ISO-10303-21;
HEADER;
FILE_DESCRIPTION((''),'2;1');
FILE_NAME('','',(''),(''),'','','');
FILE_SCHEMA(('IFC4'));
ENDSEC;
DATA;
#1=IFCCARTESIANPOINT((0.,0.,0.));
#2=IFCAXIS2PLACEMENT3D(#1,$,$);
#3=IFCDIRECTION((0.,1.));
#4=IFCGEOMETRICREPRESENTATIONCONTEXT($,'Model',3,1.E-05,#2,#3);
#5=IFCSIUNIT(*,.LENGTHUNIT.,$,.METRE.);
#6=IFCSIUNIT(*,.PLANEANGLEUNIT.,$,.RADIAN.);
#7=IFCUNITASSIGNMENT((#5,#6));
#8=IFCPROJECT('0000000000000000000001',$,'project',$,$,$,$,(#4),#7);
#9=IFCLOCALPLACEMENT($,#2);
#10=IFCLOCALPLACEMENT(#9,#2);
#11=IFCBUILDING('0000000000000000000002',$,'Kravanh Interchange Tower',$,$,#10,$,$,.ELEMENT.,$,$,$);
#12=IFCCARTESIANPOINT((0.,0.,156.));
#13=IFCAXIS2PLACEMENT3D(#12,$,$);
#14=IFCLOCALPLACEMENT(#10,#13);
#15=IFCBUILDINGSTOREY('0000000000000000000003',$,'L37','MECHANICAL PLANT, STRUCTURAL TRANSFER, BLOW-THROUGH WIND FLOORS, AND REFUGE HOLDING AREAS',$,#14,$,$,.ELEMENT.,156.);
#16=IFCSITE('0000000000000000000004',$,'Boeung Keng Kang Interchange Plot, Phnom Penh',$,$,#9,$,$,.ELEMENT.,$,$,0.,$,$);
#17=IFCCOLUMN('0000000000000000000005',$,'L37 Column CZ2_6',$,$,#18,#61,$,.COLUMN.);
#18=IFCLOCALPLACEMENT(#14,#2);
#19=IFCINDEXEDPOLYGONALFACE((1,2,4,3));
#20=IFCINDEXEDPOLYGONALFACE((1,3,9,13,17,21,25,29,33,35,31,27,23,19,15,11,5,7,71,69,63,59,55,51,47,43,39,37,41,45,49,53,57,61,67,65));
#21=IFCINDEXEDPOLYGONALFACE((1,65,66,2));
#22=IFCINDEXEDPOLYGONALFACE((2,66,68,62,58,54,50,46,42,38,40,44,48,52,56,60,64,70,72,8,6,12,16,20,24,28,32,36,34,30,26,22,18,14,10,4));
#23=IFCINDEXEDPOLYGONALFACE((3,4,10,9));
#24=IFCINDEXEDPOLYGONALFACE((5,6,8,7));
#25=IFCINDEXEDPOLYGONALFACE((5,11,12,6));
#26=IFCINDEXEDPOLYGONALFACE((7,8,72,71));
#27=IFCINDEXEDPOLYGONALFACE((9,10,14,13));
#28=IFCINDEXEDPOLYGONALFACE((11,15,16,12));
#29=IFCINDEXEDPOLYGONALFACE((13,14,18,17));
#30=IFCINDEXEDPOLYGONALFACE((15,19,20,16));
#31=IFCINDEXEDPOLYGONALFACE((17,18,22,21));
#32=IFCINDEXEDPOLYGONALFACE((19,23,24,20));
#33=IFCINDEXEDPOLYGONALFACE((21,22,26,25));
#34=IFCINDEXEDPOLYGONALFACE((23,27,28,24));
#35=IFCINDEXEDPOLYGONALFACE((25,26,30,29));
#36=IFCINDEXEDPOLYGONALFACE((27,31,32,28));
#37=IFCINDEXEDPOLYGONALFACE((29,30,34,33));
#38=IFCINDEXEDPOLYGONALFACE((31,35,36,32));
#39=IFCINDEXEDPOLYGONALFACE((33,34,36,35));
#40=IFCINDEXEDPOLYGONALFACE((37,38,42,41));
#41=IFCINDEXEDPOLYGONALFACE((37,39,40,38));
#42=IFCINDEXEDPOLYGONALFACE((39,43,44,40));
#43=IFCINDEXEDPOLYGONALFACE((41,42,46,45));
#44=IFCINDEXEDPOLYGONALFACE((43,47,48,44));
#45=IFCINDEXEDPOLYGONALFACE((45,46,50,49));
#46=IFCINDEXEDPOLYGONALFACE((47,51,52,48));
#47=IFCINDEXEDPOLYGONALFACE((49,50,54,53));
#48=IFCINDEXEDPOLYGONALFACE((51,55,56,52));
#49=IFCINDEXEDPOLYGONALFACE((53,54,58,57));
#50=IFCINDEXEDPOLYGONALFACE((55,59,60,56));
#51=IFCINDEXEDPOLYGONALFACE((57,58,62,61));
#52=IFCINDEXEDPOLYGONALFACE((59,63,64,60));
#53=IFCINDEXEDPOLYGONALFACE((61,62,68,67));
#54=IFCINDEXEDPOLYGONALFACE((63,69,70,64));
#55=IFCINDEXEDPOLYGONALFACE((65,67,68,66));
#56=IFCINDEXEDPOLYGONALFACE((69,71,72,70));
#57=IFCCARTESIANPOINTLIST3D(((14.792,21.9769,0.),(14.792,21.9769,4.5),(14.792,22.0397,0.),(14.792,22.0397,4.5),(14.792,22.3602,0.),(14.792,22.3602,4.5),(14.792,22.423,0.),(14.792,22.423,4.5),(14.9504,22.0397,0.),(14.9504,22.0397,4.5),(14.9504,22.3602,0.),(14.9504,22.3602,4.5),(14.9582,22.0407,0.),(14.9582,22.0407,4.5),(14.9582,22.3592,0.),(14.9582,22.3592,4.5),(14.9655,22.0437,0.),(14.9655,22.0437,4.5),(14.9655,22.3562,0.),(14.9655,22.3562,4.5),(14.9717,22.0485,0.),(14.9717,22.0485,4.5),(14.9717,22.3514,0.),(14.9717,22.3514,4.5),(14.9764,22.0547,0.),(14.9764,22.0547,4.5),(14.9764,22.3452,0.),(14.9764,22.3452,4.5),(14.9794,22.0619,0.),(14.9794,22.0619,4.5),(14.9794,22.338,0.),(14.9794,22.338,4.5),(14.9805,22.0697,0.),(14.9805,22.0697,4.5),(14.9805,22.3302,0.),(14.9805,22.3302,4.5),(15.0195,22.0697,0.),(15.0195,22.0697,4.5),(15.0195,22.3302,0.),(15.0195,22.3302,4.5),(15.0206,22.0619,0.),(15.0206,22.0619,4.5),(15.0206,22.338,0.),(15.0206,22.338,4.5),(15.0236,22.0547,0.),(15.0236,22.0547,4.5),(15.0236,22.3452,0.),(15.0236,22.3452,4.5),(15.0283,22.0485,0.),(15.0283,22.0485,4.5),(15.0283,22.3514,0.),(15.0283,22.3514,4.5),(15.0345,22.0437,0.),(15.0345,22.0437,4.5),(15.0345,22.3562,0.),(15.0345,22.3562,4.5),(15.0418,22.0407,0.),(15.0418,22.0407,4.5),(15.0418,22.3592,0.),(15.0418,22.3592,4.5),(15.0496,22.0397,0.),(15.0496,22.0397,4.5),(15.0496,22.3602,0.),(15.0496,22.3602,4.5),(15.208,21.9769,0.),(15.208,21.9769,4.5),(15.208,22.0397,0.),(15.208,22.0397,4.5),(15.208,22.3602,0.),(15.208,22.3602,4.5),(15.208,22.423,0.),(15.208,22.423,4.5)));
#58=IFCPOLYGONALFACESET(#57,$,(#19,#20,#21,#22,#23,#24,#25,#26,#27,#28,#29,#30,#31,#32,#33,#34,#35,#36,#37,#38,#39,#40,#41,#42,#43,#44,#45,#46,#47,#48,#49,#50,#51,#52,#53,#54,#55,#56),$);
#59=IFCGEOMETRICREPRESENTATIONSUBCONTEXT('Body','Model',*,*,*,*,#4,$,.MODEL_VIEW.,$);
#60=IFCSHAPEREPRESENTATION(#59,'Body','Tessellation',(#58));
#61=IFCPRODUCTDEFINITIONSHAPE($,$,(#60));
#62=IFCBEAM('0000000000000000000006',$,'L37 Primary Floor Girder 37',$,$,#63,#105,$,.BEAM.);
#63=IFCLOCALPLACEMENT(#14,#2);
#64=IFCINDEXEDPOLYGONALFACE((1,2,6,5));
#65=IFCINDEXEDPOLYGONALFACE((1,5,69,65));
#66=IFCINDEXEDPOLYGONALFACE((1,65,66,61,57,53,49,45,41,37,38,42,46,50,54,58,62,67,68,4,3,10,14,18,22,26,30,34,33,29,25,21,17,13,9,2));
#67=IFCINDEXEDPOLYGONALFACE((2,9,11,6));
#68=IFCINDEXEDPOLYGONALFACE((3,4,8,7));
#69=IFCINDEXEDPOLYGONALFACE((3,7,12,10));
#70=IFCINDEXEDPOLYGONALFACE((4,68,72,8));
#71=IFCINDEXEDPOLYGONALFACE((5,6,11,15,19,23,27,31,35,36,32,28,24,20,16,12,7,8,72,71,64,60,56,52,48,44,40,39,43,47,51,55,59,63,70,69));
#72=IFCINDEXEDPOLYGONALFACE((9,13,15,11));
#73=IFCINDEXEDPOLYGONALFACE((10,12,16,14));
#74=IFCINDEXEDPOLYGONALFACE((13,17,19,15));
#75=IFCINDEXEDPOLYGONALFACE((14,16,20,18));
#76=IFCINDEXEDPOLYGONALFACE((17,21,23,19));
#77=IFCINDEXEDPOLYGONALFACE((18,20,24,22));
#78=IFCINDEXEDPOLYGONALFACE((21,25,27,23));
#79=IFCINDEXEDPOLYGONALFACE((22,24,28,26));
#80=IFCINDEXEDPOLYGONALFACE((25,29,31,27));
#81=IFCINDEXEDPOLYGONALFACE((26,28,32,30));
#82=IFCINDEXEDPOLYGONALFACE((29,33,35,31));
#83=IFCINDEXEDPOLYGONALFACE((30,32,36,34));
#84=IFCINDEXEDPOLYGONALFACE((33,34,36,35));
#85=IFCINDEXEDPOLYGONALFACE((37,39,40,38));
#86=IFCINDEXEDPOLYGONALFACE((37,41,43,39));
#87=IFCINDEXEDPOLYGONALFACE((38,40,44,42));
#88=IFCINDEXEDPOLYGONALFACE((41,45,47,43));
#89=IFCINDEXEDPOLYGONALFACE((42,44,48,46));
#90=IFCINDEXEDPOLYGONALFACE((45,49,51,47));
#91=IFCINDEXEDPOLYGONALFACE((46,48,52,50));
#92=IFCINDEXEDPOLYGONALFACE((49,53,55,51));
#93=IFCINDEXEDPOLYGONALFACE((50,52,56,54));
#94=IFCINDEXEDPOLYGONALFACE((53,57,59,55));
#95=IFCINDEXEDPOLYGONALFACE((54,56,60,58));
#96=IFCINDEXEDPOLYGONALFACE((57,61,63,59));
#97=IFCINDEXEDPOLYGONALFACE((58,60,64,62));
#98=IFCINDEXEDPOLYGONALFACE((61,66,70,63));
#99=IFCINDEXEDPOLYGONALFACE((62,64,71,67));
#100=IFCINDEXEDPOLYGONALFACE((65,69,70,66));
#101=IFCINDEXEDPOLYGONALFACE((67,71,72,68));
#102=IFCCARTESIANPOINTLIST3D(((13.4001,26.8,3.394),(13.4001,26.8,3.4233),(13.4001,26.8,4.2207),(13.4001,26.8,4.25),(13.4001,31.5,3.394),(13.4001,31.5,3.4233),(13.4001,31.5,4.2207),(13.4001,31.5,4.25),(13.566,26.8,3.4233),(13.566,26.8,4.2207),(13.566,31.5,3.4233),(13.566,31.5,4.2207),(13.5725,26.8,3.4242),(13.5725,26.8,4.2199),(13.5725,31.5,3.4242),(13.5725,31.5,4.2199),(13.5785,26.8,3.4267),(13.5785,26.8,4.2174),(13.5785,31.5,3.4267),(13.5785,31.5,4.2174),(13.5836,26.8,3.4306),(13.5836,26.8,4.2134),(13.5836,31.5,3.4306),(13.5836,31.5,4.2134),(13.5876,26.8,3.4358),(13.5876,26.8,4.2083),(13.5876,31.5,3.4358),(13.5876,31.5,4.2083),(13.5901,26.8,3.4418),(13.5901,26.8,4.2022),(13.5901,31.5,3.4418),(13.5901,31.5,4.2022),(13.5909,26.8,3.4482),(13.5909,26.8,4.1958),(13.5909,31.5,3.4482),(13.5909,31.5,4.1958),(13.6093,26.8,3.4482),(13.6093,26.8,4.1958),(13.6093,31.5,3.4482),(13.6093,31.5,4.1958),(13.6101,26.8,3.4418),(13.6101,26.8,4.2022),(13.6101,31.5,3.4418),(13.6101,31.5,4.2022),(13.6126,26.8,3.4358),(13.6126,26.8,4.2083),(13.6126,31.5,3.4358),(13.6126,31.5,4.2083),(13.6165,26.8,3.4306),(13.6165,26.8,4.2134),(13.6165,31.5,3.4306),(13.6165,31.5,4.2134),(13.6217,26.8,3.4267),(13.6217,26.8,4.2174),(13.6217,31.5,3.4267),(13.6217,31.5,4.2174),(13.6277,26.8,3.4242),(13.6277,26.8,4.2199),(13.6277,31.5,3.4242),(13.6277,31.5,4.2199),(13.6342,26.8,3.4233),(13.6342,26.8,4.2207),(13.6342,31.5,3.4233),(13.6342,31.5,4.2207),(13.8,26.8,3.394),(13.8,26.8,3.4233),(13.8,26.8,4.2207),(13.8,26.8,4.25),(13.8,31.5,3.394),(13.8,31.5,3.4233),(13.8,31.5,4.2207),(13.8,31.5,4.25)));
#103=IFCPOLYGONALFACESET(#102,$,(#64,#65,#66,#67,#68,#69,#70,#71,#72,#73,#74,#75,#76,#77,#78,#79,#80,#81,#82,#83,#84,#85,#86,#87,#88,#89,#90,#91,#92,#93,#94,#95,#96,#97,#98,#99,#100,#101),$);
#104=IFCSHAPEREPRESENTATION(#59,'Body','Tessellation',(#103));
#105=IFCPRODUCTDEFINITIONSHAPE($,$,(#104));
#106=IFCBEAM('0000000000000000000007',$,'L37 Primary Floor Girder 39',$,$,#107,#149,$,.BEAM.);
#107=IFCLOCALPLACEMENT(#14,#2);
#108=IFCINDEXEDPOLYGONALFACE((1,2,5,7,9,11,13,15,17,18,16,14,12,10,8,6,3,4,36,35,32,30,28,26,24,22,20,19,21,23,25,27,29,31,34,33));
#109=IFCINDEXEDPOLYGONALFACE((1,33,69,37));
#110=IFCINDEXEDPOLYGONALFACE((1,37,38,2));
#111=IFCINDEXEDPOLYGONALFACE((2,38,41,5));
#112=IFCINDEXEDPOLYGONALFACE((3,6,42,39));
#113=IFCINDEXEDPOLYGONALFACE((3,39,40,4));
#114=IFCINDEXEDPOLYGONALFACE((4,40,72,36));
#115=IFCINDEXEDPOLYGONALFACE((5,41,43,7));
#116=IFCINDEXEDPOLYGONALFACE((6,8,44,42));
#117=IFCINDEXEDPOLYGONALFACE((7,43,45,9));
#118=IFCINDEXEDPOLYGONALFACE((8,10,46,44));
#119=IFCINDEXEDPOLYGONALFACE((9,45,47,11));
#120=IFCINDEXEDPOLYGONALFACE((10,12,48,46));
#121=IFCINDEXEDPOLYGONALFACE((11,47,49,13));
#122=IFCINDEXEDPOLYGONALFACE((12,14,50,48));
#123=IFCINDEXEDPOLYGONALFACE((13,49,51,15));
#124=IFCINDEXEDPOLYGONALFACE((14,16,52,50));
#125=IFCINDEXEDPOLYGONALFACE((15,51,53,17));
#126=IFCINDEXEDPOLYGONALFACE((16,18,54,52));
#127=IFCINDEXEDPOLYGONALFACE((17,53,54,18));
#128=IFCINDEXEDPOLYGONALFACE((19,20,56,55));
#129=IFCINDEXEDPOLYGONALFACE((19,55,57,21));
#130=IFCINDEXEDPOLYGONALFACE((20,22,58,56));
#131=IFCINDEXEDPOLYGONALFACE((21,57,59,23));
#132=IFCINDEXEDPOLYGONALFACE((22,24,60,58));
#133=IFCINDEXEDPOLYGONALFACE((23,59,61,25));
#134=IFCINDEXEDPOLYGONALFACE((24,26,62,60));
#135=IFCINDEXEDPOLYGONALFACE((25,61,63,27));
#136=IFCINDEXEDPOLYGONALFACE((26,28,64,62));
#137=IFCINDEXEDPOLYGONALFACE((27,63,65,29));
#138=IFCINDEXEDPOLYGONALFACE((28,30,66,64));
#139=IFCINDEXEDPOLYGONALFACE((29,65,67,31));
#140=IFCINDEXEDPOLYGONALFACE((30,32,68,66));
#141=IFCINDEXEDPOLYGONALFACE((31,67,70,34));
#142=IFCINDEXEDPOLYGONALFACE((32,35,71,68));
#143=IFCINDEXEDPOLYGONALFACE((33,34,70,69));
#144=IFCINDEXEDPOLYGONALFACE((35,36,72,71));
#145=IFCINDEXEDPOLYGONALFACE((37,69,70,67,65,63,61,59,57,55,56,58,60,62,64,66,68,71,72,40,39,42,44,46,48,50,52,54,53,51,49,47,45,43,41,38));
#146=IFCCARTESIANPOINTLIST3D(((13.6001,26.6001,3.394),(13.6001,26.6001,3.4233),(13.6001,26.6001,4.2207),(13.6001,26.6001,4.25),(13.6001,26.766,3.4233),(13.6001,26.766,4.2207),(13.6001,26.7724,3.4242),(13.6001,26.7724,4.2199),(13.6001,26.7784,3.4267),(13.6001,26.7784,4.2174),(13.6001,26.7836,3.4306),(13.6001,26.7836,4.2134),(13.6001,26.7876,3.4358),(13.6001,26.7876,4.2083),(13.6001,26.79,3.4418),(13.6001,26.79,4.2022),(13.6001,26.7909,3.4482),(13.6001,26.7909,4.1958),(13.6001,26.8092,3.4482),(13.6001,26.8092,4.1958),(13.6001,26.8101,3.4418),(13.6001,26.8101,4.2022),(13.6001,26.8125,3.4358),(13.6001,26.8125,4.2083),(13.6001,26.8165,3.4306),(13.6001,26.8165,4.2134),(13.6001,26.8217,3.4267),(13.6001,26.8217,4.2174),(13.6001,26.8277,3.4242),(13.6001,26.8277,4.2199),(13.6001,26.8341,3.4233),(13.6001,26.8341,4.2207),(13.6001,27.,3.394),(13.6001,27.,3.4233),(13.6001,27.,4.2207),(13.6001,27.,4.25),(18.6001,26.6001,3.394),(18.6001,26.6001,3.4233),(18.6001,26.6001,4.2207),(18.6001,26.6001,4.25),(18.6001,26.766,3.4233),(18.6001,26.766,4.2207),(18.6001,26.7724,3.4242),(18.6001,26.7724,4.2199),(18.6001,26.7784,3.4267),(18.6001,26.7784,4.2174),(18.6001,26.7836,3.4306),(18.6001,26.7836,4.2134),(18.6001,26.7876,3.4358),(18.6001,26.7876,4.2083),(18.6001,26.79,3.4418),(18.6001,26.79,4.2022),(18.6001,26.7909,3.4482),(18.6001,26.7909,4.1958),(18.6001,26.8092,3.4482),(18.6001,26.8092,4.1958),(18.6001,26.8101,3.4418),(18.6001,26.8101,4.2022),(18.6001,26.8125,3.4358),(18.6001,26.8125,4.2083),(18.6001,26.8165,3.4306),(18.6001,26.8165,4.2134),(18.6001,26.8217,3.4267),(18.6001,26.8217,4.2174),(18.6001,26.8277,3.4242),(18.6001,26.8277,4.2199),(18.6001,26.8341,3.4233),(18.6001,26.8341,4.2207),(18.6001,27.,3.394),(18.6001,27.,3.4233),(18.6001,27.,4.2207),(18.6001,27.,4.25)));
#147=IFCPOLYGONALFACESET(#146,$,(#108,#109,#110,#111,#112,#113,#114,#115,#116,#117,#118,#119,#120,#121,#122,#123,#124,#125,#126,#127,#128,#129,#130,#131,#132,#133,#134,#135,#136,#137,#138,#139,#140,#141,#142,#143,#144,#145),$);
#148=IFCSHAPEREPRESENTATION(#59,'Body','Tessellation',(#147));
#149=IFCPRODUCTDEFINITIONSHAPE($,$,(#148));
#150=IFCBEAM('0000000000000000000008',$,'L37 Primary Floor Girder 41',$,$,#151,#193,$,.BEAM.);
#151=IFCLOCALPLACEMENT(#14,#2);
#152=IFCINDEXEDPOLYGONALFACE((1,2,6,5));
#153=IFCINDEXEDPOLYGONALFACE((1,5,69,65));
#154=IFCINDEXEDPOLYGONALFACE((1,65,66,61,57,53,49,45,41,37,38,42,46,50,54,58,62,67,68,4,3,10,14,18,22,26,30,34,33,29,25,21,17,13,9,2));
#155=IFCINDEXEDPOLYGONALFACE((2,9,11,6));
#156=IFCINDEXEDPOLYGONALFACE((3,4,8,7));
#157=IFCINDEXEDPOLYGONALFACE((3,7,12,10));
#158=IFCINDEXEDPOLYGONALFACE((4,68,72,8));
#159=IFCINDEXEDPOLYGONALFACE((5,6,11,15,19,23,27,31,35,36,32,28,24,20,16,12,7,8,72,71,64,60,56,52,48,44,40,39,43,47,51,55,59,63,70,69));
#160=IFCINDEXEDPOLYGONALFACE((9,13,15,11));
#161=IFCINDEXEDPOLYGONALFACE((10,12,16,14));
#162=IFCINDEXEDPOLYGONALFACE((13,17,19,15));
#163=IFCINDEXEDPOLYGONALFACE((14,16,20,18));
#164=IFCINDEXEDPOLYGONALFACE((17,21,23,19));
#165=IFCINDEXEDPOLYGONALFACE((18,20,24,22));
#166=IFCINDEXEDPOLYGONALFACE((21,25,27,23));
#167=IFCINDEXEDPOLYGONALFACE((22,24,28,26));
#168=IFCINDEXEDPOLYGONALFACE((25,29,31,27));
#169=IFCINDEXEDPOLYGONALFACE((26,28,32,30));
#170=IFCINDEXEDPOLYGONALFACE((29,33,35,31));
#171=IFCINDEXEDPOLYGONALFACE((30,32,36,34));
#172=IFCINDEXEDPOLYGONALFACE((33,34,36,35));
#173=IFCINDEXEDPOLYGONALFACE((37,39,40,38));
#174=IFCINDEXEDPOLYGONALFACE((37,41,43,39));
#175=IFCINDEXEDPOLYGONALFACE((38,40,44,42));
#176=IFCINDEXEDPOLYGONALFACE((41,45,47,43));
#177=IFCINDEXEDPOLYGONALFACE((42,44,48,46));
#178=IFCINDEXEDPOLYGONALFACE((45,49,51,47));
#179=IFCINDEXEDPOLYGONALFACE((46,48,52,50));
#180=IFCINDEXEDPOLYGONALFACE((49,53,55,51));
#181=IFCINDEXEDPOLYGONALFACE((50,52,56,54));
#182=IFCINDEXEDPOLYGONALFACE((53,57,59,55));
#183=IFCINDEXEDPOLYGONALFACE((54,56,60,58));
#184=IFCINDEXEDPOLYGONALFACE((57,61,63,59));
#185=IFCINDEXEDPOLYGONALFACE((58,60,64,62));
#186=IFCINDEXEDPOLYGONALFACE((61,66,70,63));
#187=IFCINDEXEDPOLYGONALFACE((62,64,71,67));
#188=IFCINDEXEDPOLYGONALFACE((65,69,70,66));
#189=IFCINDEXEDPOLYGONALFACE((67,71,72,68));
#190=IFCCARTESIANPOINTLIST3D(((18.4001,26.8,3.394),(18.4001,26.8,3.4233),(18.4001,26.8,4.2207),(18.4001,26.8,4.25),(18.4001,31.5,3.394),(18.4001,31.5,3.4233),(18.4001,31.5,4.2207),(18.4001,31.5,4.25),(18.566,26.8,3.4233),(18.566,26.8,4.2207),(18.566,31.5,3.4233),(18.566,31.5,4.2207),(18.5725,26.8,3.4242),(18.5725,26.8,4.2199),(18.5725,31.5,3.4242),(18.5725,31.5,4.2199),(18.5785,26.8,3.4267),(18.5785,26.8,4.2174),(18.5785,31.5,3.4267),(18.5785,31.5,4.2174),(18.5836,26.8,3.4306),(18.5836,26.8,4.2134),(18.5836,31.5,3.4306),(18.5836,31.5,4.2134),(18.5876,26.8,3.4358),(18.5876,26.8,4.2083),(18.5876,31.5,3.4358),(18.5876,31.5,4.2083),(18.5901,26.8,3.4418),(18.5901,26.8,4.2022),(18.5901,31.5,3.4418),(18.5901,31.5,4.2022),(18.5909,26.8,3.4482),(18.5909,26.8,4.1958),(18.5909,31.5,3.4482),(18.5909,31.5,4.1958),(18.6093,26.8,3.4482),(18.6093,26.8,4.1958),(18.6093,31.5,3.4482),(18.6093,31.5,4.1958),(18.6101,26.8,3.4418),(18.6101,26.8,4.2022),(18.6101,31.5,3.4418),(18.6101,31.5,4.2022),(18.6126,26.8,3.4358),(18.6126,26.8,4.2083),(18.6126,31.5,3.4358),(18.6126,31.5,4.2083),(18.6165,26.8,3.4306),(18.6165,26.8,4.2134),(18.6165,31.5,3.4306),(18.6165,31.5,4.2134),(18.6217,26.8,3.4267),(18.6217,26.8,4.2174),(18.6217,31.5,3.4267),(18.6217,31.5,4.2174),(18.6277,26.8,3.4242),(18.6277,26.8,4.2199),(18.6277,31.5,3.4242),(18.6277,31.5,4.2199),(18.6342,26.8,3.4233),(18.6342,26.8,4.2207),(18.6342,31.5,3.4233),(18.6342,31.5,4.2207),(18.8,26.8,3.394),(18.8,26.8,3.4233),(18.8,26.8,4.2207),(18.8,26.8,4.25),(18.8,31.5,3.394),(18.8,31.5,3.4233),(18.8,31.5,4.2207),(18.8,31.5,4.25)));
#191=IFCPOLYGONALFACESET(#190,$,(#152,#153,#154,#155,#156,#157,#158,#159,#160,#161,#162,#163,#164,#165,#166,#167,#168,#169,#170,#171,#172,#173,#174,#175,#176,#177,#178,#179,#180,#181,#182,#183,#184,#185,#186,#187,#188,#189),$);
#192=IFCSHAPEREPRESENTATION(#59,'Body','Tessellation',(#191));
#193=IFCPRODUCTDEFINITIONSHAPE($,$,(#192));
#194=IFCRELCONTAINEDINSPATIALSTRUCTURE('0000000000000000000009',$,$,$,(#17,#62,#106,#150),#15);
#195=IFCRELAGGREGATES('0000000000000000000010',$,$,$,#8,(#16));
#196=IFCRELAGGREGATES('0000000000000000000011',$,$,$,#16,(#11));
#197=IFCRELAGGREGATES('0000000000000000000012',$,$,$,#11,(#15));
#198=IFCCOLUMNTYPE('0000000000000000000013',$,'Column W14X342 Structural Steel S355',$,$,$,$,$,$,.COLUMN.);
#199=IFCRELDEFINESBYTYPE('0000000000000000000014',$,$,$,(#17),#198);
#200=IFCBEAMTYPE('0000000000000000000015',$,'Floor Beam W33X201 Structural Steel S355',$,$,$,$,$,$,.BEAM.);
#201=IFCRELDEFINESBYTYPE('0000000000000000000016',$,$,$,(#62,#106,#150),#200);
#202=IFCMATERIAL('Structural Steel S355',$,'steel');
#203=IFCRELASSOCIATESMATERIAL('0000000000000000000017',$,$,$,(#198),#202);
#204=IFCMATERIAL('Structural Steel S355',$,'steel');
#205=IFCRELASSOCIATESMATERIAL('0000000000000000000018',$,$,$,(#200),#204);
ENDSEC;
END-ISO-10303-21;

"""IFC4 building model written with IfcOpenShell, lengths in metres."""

from ifc_helpers import new_model, si_unit, direction, frame, origin, origin_2d, place, context, subcontext, project, spatial, i_section, extrude, material, material_profile, profile_set, type_object, element, save


model = new_model("IFC4")

# Units and contexts
model_context = context("Model", 3, precision=1e-05, world=origin(), true_north=direction((0.0, 1.0)))
body_context = subcontext(model_context, "Body", "Model", "MODEL_VIEW")
ifc_project = project(units=[si_unit("LENGTHUNIT", "METRE"), si_unit("PLANEANGLEUNIT", "RADIAN")], contexts=[model_context])

# Site, building, storey
site_placement = place(None, origin())
site = spatial("IfcSite", under=ifc_project, at=site_placement, Name="Boeung Keng Kang Interchange Plot, Phnom Penh", CompositionType="ELEMENT", RefElevation=0.0)
building_placement = place(site_placement, origin())
building = spatial("IfcBuilding", under=site, at=building_placement, Name="Kravanh Interchange Tower", CompositionType="ELEMENT")
storey_placement = place(building_placement, frame((0.0, 0.0, 156.0)))
storey = spatial("IfcBuildingStorey", under=building, at=storey_placement, Name="L37", Description="MECHANICAL PLANT, STRUCTURAL TRANSFER, BLOW-THROUGH WIND FLOORS, AND REFUGE HOLDING AREAS", CompositionType="ELEMENT", Elevation=156.0)

# Column
ifc_material_1 = material(Name="Structural Steel S355", Category="steel")
ifc_material_profile_1 = material_profile(ifc_material_1, i_section(OverallWidth=0.416, OverallDepth=0.446, WebThickness=0.0391, FlangeThickness=0.0627, FilletRadius=0.03, at=origin_2d()), Name="W14X342")
ifc_profile_set_1 = profile_set([ifc_material_profile_1], Name="Structural Steel S355")
column_type = type_object("IfcColumnType", Name="Column W14X342 Structural Steel S355", PredefinedType="COLUMN", material=ifc_profile_set_1)
for number, where, z_axis, x_axis, name in (
    (1, (15.0, 22.2, 0.0), (0.0, 0.0, 1.0), (1.0, 0.0, 0.0), "L37 Column CZ2_6"),
):
    element("IfcColumn", number, at=place(storey_placement, frame(where, z_axis=z_axis, x_axis=x_axis)), inside=storey, type_object=column_type, Name=name, PredefinedType="COLUMN", context=body_context, shape_type="SweptSolid", body=[
        extrude(i_section(OverallWidth=0.416, OverallDepth=0.446, WebThickness=0.0391, FlangeThickness=0.0627, FilletRadius=0.03, at=origin_2d()), origin(), (0.0, 0.0, 1.0), 4.5),
    ])

# Beams
ifc_material_2 = material(Name="Structural Steel S355", Category="steel")
ifc_material_profile_2 = material_profile(ifc_material_2, i_section(OverallWidth=0.3999, OverallDepth=0.856, WebThickness=0.0183, FlangeThickness=0.0293, FilletRadius=0.0249, at=origin_2d()), Name="W33X201")
ifc_profile_set_2 = profile_set([ifc_material_profile_2], Name="Structural Steel S355")
beam_type_1 = type_object("IfcBeamType", Name="Floor Beam W33X201 Structural Steel S355", PredefinedType="BEAM", material=ifc_profile_set_2)
beam_1_placement = place(storey_placement, frame((13.6001, 26.8, 3.822), z_axis=(0.0, 1.0, 0.0), x_axis=(-1.0, 0.0, 0.0)))
element("IfcBeam", 2, at=beam_1_placement, inside=storey, type_object=beam_type_1, Name="L37 Primary Floor Girder 37", PredefinedType="BEAM", context=body_context, shape_type="SweptSolid", body=[
    extrude(i_section(OverallWidth=0.3999, OverallDepth=0.856, WebThickness=0.0183, FlangeThickness=0.0293, FilletRadius=0.0249, at=origin_2d()), origin(), (0.0, 0.0, 1.0), 4.7),
])
beam_2_placement = place(storey_placement, frame((13.6001, 26.8, 3.822), z_axis=(1.0, 0.0, 0.0), x_axis=(0.0, 1.0, 0.0)))
element("IfcBeam", 3, at=beam_2_placement, inside=storey, type_object=beam_type_1, Name="L37 Primary Floor Girder 39", PredefinedType="BEAM", context=body_context, shape_type="SweptSolid", body=[
    extrude(i_section(OverallWidth=0.3999, OverallDepth=0.856, WebThickness=0.0183, FlangeThickness=0.0293, FilletRadius=0.0249, at=origin_2d()), origin(), (0.0, 0.0, 1.0), 5.0),
])
beam_3_placement = place(storey_placement, frame((18.6001, 26.8, 3.822), z_axis=(0.0, 1.0, 0.0), x_axis=(-1.0, 0.0, 0.0)))
element("IfcBeam", 4, at=beam_3_placement, inside=storey, type_object=beam_type_1, Name="L37 Primary Floor Girder 41", PredefinedType="BEAM", context=body_context, shape_type="SweptSolid", body=[
    extrude(i_section(OverallWidth=0.3999, OverallDepth=0.856, WebThickness=0.0183, FlangeThickness=0.0293, FilletRadius=0.0249, at=origin_2d()), origin(), (0.0, 0.0, 1.0), 4.7),
])

save(model, "model.ifc")
